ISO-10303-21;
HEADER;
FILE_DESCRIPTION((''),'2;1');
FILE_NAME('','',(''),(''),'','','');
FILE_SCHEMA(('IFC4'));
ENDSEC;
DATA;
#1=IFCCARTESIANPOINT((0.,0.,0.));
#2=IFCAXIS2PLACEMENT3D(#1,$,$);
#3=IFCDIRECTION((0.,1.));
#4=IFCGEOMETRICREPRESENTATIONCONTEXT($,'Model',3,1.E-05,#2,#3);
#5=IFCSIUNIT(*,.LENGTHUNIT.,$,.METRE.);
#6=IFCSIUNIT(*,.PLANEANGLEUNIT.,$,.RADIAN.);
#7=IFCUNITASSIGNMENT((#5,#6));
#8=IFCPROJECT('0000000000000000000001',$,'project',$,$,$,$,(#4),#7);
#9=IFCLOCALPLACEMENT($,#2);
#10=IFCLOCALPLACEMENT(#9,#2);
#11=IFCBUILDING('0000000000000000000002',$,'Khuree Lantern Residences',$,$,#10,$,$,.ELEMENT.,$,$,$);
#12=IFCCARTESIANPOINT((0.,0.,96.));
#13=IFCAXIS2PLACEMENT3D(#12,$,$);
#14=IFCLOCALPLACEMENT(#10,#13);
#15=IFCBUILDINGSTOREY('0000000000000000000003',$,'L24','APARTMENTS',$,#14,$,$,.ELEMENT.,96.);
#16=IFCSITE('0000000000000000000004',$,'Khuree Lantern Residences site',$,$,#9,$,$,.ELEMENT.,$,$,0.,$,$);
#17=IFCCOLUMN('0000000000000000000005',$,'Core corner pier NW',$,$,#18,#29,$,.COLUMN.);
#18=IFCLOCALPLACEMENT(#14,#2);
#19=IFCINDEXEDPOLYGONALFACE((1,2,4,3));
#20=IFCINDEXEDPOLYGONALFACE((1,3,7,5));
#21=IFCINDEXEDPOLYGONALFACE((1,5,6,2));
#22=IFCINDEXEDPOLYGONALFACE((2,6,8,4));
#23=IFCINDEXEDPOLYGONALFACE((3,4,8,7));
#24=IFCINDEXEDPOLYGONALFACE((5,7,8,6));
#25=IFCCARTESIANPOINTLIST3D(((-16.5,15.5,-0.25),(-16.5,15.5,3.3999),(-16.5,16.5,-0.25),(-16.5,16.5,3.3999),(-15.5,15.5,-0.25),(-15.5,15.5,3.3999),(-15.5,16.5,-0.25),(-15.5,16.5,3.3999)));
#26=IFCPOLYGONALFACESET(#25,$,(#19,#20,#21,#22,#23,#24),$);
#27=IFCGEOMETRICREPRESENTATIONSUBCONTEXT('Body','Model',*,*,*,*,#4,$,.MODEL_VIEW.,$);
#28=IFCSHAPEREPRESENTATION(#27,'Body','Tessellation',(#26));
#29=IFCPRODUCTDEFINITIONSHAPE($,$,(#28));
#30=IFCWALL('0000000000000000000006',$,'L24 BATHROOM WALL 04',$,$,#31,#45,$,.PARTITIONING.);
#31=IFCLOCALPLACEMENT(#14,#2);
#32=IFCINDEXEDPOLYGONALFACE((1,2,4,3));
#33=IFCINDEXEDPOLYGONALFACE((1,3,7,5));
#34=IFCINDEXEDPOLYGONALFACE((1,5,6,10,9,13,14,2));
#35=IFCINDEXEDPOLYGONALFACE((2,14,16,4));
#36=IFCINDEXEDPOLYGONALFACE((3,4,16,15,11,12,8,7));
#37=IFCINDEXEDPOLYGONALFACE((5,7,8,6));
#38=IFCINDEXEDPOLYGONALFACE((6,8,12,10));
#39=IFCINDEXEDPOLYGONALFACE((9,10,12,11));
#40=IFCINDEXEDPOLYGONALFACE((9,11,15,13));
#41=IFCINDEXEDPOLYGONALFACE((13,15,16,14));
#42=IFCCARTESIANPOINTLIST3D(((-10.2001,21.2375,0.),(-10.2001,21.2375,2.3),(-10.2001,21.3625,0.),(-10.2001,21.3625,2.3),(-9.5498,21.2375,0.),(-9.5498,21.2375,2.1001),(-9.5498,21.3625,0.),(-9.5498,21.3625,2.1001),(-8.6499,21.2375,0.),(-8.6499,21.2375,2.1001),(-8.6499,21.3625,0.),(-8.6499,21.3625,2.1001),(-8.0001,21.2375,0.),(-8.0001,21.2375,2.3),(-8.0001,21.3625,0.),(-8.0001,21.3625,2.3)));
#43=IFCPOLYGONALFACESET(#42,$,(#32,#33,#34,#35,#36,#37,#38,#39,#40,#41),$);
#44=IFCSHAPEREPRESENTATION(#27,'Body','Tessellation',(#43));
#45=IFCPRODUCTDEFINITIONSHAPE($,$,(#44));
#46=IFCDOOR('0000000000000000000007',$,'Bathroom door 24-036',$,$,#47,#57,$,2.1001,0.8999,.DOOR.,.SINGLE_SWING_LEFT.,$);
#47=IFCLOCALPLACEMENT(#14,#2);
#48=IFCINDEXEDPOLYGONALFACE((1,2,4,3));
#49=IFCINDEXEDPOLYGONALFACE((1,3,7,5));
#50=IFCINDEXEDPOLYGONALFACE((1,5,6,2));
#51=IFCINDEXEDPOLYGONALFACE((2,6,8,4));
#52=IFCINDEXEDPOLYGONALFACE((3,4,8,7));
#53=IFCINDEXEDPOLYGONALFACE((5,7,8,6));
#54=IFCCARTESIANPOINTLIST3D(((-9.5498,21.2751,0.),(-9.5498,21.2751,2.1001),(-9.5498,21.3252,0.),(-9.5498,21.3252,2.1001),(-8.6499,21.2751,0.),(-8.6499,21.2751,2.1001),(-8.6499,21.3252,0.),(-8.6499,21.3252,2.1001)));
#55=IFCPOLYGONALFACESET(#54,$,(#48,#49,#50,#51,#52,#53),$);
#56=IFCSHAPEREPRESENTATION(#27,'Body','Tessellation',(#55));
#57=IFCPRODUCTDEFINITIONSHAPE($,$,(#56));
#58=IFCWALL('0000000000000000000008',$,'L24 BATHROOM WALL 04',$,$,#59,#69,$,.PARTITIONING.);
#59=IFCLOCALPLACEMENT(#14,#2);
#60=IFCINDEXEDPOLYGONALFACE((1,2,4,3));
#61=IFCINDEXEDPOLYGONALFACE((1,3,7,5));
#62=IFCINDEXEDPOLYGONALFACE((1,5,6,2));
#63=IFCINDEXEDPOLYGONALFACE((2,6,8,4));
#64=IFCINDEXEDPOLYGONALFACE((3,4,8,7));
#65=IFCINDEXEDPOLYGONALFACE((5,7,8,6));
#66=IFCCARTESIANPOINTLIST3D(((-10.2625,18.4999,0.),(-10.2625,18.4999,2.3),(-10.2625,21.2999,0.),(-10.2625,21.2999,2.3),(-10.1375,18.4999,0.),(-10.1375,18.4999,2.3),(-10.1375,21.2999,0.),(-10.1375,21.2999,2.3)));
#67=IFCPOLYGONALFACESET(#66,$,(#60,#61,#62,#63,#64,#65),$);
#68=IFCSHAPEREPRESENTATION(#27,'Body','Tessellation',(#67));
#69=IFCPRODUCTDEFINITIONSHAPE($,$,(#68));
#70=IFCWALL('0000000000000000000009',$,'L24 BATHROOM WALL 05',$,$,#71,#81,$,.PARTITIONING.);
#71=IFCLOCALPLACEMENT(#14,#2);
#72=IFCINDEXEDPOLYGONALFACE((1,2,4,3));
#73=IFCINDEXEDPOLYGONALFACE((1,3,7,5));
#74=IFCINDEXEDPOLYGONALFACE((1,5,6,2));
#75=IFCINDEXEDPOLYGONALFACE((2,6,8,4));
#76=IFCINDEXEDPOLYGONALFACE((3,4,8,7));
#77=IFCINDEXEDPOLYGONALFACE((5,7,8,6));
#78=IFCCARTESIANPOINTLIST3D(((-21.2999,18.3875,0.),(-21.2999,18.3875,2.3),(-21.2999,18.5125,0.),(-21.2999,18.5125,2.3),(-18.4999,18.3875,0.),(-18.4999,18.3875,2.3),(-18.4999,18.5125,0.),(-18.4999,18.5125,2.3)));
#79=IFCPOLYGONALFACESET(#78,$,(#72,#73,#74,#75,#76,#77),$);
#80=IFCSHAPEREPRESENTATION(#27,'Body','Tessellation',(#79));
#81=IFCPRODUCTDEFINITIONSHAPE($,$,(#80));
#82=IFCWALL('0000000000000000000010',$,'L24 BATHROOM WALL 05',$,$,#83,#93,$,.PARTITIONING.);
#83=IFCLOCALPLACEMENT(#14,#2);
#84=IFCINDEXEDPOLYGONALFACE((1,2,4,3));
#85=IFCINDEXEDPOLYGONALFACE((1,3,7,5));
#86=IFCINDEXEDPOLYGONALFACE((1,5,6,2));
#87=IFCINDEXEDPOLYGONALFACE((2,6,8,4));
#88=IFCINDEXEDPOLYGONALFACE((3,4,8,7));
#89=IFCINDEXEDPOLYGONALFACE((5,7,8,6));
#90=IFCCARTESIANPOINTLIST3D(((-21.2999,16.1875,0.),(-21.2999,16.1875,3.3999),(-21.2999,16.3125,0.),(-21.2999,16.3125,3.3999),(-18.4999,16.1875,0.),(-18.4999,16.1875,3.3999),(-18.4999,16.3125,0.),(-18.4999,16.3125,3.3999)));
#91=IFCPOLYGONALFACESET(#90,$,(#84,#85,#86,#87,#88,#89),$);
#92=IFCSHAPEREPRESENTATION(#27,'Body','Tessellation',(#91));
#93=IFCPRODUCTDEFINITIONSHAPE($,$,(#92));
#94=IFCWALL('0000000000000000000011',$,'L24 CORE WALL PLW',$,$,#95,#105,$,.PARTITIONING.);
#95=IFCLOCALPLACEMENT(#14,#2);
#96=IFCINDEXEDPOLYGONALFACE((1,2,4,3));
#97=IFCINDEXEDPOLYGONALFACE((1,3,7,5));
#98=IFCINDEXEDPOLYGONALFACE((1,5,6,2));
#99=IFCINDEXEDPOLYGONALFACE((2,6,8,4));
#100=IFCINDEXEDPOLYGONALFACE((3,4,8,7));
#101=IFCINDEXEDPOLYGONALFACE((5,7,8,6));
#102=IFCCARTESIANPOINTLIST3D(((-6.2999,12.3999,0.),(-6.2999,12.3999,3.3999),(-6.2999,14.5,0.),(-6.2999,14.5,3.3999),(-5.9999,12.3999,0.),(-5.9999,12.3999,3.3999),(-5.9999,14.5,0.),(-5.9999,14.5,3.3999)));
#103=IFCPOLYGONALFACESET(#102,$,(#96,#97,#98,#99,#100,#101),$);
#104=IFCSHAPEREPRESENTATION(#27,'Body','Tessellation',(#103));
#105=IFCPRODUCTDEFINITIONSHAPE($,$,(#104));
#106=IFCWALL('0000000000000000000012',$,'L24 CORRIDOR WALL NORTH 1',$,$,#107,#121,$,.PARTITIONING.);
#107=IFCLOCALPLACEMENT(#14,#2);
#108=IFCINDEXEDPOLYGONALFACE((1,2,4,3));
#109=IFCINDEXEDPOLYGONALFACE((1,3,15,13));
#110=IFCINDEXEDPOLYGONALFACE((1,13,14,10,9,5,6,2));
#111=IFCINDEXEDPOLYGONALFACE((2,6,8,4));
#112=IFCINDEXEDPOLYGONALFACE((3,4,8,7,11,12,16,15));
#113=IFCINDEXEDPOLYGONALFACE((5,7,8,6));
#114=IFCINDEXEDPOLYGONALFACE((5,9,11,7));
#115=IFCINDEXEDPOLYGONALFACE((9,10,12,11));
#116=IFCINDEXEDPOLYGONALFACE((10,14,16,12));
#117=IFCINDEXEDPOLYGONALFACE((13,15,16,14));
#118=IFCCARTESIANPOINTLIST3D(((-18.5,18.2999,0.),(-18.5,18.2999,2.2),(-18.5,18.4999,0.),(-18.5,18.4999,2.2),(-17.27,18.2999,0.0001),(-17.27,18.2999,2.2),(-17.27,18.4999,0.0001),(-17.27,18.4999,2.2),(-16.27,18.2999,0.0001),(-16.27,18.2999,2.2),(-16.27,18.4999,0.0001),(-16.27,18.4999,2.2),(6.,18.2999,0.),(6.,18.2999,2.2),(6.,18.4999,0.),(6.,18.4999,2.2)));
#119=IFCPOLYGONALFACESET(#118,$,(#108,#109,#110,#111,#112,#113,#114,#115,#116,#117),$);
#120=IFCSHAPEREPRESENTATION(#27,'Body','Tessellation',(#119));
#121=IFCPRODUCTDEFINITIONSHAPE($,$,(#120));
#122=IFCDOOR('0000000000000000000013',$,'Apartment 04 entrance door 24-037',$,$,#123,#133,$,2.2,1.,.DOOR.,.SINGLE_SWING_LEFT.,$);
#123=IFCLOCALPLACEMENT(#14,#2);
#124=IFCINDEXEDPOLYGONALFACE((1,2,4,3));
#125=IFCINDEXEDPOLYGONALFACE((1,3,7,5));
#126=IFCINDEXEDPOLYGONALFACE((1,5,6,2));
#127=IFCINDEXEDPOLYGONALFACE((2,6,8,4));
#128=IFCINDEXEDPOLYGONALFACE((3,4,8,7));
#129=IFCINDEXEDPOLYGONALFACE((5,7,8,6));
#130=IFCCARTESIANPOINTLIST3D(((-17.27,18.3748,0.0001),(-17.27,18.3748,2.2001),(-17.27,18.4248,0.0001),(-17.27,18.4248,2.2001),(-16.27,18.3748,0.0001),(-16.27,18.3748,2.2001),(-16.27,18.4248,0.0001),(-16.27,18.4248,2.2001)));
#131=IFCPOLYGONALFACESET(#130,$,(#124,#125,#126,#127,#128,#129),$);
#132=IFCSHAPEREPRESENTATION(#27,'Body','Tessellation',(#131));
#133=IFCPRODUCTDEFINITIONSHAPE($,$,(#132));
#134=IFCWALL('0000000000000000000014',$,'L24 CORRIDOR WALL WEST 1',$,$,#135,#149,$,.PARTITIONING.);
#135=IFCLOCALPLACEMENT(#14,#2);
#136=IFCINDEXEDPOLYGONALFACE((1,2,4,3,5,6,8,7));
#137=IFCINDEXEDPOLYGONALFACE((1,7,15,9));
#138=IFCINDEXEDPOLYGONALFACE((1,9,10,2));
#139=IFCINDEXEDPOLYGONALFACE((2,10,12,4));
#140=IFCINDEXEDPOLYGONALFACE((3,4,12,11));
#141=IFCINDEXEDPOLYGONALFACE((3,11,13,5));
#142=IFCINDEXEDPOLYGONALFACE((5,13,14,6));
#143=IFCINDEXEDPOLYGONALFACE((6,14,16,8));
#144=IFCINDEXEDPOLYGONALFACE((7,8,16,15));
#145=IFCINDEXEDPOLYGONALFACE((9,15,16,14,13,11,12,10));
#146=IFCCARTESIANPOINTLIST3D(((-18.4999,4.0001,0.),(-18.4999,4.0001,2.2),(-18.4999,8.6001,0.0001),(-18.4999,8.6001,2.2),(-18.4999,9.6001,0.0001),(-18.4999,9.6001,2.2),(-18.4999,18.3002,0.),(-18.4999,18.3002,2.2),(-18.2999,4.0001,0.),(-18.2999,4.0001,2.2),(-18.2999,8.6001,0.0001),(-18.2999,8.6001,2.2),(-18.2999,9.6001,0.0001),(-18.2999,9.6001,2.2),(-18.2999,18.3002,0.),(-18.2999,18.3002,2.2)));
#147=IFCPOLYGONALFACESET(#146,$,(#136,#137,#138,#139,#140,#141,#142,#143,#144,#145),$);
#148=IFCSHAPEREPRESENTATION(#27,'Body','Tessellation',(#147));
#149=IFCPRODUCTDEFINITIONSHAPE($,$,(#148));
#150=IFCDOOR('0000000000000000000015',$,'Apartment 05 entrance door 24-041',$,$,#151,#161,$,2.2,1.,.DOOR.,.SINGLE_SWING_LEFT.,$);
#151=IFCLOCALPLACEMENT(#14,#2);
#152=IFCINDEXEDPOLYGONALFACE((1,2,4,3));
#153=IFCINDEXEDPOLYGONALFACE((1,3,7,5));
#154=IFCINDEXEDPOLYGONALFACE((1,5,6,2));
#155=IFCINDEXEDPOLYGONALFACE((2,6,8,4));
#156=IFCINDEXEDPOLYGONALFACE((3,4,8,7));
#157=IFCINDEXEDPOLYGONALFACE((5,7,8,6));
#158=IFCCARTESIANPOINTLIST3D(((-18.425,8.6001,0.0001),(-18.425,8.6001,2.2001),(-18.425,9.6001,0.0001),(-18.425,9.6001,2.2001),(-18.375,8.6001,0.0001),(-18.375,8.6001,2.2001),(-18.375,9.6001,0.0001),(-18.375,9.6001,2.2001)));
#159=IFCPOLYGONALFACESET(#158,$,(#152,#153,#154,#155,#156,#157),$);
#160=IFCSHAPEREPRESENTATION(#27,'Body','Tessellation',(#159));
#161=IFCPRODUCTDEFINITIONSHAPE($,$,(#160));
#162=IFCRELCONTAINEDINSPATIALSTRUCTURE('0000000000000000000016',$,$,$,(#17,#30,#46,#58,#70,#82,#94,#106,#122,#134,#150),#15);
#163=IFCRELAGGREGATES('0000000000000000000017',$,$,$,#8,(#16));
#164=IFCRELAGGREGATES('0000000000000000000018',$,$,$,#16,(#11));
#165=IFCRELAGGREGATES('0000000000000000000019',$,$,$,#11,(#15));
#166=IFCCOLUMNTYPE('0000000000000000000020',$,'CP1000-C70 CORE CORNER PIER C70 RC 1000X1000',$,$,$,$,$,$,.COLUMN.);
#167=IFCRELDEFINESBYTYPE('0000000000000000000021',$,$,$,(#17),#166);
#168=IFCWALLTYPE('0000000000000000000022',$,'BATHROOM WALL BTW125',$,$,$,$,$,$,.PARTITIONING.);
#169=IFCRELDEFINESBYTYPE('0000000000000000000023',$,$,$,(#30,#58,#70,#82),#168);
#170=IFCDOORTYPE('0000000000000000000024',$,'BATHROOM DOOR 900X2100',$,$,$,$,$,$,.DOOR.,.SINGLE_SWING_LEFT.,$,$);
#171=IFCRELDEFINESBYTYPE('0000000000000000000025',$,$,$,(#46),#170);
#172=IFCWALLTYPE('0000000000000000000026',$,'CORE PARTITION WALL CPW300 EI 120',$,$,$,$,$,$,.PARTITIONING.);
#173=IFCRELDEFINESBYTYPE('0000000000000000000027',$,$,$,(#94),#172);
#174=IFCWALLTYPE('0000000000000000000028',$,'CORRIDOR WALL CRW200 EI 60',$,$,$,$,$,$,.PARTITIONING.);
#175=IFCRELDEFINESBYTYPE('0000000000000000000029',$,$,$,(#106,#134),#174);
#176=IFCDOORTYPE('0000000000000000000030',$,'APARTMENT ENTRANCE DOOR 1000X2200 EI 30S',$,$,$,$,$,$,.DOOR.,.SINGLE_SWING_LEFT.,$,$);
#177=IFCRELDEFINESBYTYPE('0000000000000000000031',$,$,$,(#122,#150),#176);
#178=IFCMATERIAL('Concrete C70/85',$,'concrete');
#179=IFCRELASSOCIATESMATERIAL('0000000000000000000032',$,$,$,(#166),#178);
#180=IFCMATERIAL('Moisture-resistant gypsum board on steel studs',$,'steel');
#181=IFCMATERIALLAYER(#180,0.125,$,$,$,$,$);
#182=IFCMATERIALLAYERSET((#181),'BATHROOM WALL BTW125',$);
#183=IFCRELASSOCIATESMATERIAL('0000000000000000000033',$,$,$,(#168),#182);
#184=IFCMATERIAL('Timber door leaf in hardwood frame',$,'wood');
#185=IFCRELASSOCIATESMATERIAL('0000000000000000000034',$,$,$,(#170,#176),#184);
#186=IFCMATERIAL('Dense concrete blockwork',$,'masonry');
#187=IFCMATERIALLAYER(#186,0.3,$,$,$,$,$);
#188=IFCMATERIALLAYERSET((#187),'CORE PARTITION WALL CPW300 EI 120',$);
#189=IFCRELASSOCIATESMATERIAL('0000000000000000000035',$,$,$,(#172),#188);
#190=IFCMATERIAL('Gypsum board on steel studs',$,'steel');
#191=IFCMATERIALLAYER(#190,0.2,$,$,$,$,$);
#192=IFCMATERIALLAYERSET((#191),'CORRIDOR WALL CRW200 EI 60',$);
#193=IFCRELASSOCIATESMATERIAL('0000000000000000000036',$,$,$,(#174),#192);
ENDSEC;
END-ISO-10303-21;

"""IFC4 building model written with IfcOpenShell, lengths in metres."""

from ifc_helpers import new_model, si_unit, direction, frame, frame_2d, origin, origin_2d, place, context, subcontext, project, spatial, rectangle, extrude, material, layer, layer_set, material_profile, profile_set, type_object, element, fill, save


model = new_model("IFC4")

# Units and contexts
model_context = context("Model", 3, precision=1e-05, world=origin(), true_north=direction((0.0, 1.0)))
body_context = subcontext(model_context, "Body", "Model", "MODEL_VIEW")
ifc_project = project(units=[si_unit("LENGTHUNIT", "METRE"), si_unit("PLANEANGLEUNIT", "RADIAN")], contexts=[model_context])

# Site, building, storey
site_placement = place(None, origin())
site = spatial("IfcSite", under=ifc_project, at=site_placement, Name="Khuree Lantern Residences site", CompositionType="ELEMENT", RefElevation=0.0)
building_placement = place(site_placement, origin())
building = spatial("IfcBuilding", under=site, at=building_placement, Name="Khuree Lantern Residences", CompositionType="ELEMENT")
storey_placement = place(building_placement, frame((0.0, 0.0, 96.0)))
storey = spatial("IfcBuildingStorey", under=building, at=storey_placement, Name="L24", Description="APARTMENTS", CompositionType="ELEMENT", Elevation=96.0)

# Column
ifc_material_1 = material(Name="Concrete C70/85", Category="concrete")
ifc_material_profile = material_profile(ifc_material_1, rectangle(XDim=1.0, YDim=1.0, at=origin_2d()), Name="RC 1000X1000")
ifc_profile_set = profile_set([ifc_material_profile], Name="Concrete C70/85")
column_type = type_object("IfcColumnType", Name="CP1000-C70 CORE CORNER PIER C70 RC 1000X1000", PredefinedType="COLUMN", material=ifc_profile_set)
column_placement = place(storey_placement, frame((-16.0, 16.0, -0.25), z_axis=(0.0, 0.0, 1.0), x_axis=(1.0, 0.0, 0.0)))
element("IfcColumn", 1, at=column_placement, inside=storey, type_object=column_type, Name="Core corner pier NW", PredefinedType="COLUMN", context=body_context, shape_type="SweptSolid", body=[
    extrude(rectangle(XDim=1.0, YDim=1.0, at=origin_2d()), origin(), (0.0, 0.0, 1.0), 3.6499),
])

# Wall, opening, door
ifc_material_2 = material(Name="Moisture-resistant gypsum board on steel studs", Category="steel")
ifc_layer_1 = layer(ifc_material_2, 0.125)
ifc_layer_set_1 = layer_set([ifc_layer_1], Name="BATHROOM WALL BTW125")
wall_type_1 = type_object("IfcWallType", Name="BATHROOM WALL BTW125", PredefinedType="PARTITIONING", material=ifc_layer_set_1)
wall_1_placement = place(storey_placement, frame((-8.0, 21.3, 0.0), z_axis=(0.0, 0.0, 1.0), x_axis=(-1.0, 0.0, 0.0)))
wall_1 = element("IfcWall", 2, at=wall_1_placement, inside=storey, type_object=wall_type_1, Name="L24 BATHROOM WALL 04", PredefinedType="PARTITIONING", context=body_context, shape_type="SweptSolid", body=[
    extrude(rectangle(XDim=2.2, YDim=0.125, at=frame_2d((1.1001, 0.0))), origin(), (0.0, 0.0, 1.0), 2.3),
])
opening_1_placement = place(wall_1_placement, frame((0.6499, 0.0, 0.0)))
opening_1 = element("IfcOpeningElement", 3, at=opening_1_placement, cuts=wall_1, PredefinedType="OPENING", context=body_context, shape_type="SweptSolid", body=[
    extrude(rectangle(XDim=0.8999, YDim=2.1001, at=frame_2d((0.45, 1.05))), frame((0.0, 0.0725, 0.0), z_axis=(0.0, -1.0, 0.0), x_axis=(1.0, 0.0, 0.0)), (0.0, 0.0, 1.0), 0.145),
])
ifc_material_3 = material(Name="Timber door leaf in hardwood frame", Category="wood")
door_type_1 = type_object("IfcDoorType", Name="BATHROOM DOOR 900X2100", OperationType="SINGLE_SWING_LEFT", PredefinedType="DOOR", material=ifc_material_3)
door_1_placement = place(opening_1_placement, origin())
door_1 = element("IfcDoor", 4, at=door_1_placement, inside=storey, type_object=door_type_1, Name="Bathroom door 24-036", OperationType="SINGLE_SWING_LEFT", OverallHeight=2.1001, OverallWidth=0.8999, PredefinedType="DOOR", context=body_context, shape_type="SweptSolid", body=[
    extrude(rectangle(XDim=0.8999, YDim=2.1001, at=frame_2d((0.45, 1.05))), frame((0.0, 0.0249, 0.0), z_axis=(0.0, -1.0, 0.0), x_axis=(1.0, 0.0, 0.0)), (0.0, 0.0, 1.0), 0.05),
])
fill(opening_1, door_1)

# Walls
for number, where, z_axis, x_axis, name in (
    (5, (-10.2, 18.5, 0.0), (0.0, 0.0, 1.0), (0.0, 1.0, 0.0), "L24 BATHROOM WALL 04"),
    (6, (-18.5, 18.45, 0.0), (0.0, 0.0, 1.0), (-1.0, 0.0, 0.0), "L24 BATHROOM WALL 05"),
):
    element("IfcWall", number, at=place(storey_placement, frame(where, z_axis=z_axis, x_axis=x_axis)), inside=storey, type_object=wall_type_1, Name=name, PredefinedType="PARTITIONING", context=body_context, shape_type="SweptSolid", body=[
        extrude(rectangle(XDim=2.8, YDim=0.125, at=frame_2d((1.3999, 0.0))), origin(), (0.0, 0.0, 1.0), 2.3),
    ])
wall_2_placement = place(storey_placement, frame((-18.5, 16.25, 0.0), z_axis=(0.0, 0.0, 1.0), x_axis=(-1.0, 0.0, 0.0)))
element("IfcWall", 7, at=wall_2_placement, inside=storey, type_object=wall_type_1, Name="L24 BATHROOM WALL 05", PredefinedType="PARTITIONING", context=body_context, shape_type="SweptSolid", body=[
    extrude(rectangle(XDim=2.8, YDim=0.125, at=frame_2d((1.3999, 0.0))), origin(), (0.0, 0.0, 1.0), 3.3999),
])
ifc_material_4 = material(Name="Dense concrete blockwork", Category="masonry")
ifc_layer_2 = layer(ifc_material_4, 0.3)
ifc_layer_set_2 = layer_set([ifc_layer_2], Name="CORE PARTITION WALL CPW300 EI 120")
wall_type_2 = type_object("IfcWallType", Name="CORE PARTITION WALL CPW300 EI 120", PredefinedType="PARTITIONING", material=ifc_layer_set_2)
wall_3_placement = place(storey_placement, frame((-6.1499, 12.3999, 0.0), z_axis=(0.0, 0.0, 1.0), x_axis=(0.0, 1.0, 0.0)))
element("IfcWall", 8, at=wall_3_placement, inside=storey, type_object=wall_type_2, Name="L24 CORE WALL PLW", PredefinedType="PARTITIONING", context=body_context, shape_type="SweptSolid", body=[
    extrude(rectangle(XDim=2.1001, YDim=0.3, at=frame_2d((1.05, 0.0))), origin(), (0.0, 0.0, 1.0), 3.3999),
])

# Walls, openings, doors
ifc_material_5 = material(Name="Gypsum board on steel studs", Category="steel")
ifc_layer_3 = layer(ifc_material_5, 0.2)
ifc_layer_set_3 = layer_set([ifc_layer_3], Name="CORRIDOR WALL CRW200 EI 60")
wall_type_3 = type_object("IfcWallType", Name="CORRIDOR WALL CRW200 EI 60", PredefinedType="PARTITIONING", material=ifc_layer_set_3)
wall_4_placement = place(storey_placement, frame((-18.5, 18.3999, 0.0), z_axis=(0.0, 0.0, 1.0), x_axis=(1.0, 0.0, 0.0)))
wall_4 = element("IfcWall", 9, at=wall_4_placement, inside=storey, type_object=wall_type_3, Name="L24 CORRIDOR WALL NORTH 1", PredefinedType="PARTITIONING", context=body_context, shape_type="SweptSolid", body=[
    extrude(rectangle(XDim=24.5, YDim=0.2, at=frame_2d((12.25, 0.0))), origin(), (0.0, 0.0, 1.0), 2.2),
])
opening_2_placement = place(wall_4_placement, frame((1.23, 0.0, 0.0)))
opening_2 = element("IfcOpeningElement", 10, at=opening_2_placement, cuts=wall_4, PredefinedType="OPENING", context=body_context, shape_type="SweptSolid", body=[
    extrude(rectangle(XDim=1.0, YDim=2.2, at=frame_2d((0.5, 1.1001))), frame((0.0, 0.1099, 0.0), z_axis=(0.0, -1.0, 0.0), x_axis=(1.0, 0.0, 0.0)), (0.0, 0.0, 1.0), 0.22),
])
door_type_2 = type_object("IfcDoorType", Name="APARTMENT ENTRANCE DOOR 1000X2200 EI 30S", OperationType="SINGLE_SWING_LEFT", PredefinedType="DOOR", material=ifc_material_3)
door_2_placement = place(opening_2_placement, origin())
door_2 = element("IfcDoor", 11, at=door_2_placement, inside=storey, type_object=door_type_2, Name="Apartment 04 entrance door 24-037", OperationType="SINGLE_SWING_LEFT", OverallHeight=2.2, OverallWidth=1.0, PredefinedType="DOOR", context=body_context, shape_type="SweptSolid", body=[
    extrude(rectangle(XDim=1.0, YDim=2.2, at=frame_2d((0.5, 1.1001))), frame((0.0, 0.0249, 0.0), z_axis=(0.0, -1.0, 0.0), x_axis=(1.0, 0.0, 0.0)), (0.0, 0.0, 1.0), 0.05),
])
fill(opening_2, door_2)
wall_5_placement = place(storey_placement, frame((-18.3999, 18.3, 0.0), z_axis=(0.0, 0.0, 1.0), x_axis=(0.0, -1.0, 0.0)))
wall_5 = element("IfcWall", 12, at=wall_5_placement, inside=storey, type_object=wall_type_3, Name="L24 CORRIDOR WALL WEST 1", PredefinedType="PARTITIONING", context=body_context, shape_type="SweptSolid", body=[
    extrude(rectangle(XDim=14.3, YDim=0.2, at=frame_2d((7.1499, 0.0))), origin(), (0.0, 0.0, 1.0), 2.2),
])
opening_3_placement = place(wall_5_placement, frame((8.7, 0.0, 0.0)))
opening_3 = element("IfcOpeningElement", 13, at=opening_3_placement, cuts=wall_5, PredefinedType="OPENING", context=body_context, shape_type="SweptSolid", body=[
    extrude(rectangle(XDim=1.0, YDim=2.2, at=frame_2d((0.5, 1.1001))), frame((0.0, 0.1099, 0.0), z_axis=(0.0, -1.0, 0.0), x_axis=(1.0, 0.0, 0.0)), (0.0, 0.0, 1.0), 0.22),
])
door_3_placement = place(opening_3_placement, origin())
door_3 = element("IfcDoor", 14, at=door_3_placement, inside=storey, type_object=door_type_2, Name="Apartment 05 entrance door 24-041", OperationType="SINGLE_SWING_LEFT", OverallHeight=2.2, OverallWidth=1.0, PredefinedType="DOOR", context=body_context, shape_type="SweptSolid", body=[
    extrude(rectangle(XDim=1.0, YDim=2.2, at=frame_2d((0.5, 1.1001))), frame((0.0, 0.0249, 0.0), z_axis=(0.0, -1.0, 0.0), x_axis=(1.0, 0.0, 0.0)), (0.0, 0.0, 1.0), 0.05),
])
fill(opening_3, door_3)

save(model, "model.ifc")
